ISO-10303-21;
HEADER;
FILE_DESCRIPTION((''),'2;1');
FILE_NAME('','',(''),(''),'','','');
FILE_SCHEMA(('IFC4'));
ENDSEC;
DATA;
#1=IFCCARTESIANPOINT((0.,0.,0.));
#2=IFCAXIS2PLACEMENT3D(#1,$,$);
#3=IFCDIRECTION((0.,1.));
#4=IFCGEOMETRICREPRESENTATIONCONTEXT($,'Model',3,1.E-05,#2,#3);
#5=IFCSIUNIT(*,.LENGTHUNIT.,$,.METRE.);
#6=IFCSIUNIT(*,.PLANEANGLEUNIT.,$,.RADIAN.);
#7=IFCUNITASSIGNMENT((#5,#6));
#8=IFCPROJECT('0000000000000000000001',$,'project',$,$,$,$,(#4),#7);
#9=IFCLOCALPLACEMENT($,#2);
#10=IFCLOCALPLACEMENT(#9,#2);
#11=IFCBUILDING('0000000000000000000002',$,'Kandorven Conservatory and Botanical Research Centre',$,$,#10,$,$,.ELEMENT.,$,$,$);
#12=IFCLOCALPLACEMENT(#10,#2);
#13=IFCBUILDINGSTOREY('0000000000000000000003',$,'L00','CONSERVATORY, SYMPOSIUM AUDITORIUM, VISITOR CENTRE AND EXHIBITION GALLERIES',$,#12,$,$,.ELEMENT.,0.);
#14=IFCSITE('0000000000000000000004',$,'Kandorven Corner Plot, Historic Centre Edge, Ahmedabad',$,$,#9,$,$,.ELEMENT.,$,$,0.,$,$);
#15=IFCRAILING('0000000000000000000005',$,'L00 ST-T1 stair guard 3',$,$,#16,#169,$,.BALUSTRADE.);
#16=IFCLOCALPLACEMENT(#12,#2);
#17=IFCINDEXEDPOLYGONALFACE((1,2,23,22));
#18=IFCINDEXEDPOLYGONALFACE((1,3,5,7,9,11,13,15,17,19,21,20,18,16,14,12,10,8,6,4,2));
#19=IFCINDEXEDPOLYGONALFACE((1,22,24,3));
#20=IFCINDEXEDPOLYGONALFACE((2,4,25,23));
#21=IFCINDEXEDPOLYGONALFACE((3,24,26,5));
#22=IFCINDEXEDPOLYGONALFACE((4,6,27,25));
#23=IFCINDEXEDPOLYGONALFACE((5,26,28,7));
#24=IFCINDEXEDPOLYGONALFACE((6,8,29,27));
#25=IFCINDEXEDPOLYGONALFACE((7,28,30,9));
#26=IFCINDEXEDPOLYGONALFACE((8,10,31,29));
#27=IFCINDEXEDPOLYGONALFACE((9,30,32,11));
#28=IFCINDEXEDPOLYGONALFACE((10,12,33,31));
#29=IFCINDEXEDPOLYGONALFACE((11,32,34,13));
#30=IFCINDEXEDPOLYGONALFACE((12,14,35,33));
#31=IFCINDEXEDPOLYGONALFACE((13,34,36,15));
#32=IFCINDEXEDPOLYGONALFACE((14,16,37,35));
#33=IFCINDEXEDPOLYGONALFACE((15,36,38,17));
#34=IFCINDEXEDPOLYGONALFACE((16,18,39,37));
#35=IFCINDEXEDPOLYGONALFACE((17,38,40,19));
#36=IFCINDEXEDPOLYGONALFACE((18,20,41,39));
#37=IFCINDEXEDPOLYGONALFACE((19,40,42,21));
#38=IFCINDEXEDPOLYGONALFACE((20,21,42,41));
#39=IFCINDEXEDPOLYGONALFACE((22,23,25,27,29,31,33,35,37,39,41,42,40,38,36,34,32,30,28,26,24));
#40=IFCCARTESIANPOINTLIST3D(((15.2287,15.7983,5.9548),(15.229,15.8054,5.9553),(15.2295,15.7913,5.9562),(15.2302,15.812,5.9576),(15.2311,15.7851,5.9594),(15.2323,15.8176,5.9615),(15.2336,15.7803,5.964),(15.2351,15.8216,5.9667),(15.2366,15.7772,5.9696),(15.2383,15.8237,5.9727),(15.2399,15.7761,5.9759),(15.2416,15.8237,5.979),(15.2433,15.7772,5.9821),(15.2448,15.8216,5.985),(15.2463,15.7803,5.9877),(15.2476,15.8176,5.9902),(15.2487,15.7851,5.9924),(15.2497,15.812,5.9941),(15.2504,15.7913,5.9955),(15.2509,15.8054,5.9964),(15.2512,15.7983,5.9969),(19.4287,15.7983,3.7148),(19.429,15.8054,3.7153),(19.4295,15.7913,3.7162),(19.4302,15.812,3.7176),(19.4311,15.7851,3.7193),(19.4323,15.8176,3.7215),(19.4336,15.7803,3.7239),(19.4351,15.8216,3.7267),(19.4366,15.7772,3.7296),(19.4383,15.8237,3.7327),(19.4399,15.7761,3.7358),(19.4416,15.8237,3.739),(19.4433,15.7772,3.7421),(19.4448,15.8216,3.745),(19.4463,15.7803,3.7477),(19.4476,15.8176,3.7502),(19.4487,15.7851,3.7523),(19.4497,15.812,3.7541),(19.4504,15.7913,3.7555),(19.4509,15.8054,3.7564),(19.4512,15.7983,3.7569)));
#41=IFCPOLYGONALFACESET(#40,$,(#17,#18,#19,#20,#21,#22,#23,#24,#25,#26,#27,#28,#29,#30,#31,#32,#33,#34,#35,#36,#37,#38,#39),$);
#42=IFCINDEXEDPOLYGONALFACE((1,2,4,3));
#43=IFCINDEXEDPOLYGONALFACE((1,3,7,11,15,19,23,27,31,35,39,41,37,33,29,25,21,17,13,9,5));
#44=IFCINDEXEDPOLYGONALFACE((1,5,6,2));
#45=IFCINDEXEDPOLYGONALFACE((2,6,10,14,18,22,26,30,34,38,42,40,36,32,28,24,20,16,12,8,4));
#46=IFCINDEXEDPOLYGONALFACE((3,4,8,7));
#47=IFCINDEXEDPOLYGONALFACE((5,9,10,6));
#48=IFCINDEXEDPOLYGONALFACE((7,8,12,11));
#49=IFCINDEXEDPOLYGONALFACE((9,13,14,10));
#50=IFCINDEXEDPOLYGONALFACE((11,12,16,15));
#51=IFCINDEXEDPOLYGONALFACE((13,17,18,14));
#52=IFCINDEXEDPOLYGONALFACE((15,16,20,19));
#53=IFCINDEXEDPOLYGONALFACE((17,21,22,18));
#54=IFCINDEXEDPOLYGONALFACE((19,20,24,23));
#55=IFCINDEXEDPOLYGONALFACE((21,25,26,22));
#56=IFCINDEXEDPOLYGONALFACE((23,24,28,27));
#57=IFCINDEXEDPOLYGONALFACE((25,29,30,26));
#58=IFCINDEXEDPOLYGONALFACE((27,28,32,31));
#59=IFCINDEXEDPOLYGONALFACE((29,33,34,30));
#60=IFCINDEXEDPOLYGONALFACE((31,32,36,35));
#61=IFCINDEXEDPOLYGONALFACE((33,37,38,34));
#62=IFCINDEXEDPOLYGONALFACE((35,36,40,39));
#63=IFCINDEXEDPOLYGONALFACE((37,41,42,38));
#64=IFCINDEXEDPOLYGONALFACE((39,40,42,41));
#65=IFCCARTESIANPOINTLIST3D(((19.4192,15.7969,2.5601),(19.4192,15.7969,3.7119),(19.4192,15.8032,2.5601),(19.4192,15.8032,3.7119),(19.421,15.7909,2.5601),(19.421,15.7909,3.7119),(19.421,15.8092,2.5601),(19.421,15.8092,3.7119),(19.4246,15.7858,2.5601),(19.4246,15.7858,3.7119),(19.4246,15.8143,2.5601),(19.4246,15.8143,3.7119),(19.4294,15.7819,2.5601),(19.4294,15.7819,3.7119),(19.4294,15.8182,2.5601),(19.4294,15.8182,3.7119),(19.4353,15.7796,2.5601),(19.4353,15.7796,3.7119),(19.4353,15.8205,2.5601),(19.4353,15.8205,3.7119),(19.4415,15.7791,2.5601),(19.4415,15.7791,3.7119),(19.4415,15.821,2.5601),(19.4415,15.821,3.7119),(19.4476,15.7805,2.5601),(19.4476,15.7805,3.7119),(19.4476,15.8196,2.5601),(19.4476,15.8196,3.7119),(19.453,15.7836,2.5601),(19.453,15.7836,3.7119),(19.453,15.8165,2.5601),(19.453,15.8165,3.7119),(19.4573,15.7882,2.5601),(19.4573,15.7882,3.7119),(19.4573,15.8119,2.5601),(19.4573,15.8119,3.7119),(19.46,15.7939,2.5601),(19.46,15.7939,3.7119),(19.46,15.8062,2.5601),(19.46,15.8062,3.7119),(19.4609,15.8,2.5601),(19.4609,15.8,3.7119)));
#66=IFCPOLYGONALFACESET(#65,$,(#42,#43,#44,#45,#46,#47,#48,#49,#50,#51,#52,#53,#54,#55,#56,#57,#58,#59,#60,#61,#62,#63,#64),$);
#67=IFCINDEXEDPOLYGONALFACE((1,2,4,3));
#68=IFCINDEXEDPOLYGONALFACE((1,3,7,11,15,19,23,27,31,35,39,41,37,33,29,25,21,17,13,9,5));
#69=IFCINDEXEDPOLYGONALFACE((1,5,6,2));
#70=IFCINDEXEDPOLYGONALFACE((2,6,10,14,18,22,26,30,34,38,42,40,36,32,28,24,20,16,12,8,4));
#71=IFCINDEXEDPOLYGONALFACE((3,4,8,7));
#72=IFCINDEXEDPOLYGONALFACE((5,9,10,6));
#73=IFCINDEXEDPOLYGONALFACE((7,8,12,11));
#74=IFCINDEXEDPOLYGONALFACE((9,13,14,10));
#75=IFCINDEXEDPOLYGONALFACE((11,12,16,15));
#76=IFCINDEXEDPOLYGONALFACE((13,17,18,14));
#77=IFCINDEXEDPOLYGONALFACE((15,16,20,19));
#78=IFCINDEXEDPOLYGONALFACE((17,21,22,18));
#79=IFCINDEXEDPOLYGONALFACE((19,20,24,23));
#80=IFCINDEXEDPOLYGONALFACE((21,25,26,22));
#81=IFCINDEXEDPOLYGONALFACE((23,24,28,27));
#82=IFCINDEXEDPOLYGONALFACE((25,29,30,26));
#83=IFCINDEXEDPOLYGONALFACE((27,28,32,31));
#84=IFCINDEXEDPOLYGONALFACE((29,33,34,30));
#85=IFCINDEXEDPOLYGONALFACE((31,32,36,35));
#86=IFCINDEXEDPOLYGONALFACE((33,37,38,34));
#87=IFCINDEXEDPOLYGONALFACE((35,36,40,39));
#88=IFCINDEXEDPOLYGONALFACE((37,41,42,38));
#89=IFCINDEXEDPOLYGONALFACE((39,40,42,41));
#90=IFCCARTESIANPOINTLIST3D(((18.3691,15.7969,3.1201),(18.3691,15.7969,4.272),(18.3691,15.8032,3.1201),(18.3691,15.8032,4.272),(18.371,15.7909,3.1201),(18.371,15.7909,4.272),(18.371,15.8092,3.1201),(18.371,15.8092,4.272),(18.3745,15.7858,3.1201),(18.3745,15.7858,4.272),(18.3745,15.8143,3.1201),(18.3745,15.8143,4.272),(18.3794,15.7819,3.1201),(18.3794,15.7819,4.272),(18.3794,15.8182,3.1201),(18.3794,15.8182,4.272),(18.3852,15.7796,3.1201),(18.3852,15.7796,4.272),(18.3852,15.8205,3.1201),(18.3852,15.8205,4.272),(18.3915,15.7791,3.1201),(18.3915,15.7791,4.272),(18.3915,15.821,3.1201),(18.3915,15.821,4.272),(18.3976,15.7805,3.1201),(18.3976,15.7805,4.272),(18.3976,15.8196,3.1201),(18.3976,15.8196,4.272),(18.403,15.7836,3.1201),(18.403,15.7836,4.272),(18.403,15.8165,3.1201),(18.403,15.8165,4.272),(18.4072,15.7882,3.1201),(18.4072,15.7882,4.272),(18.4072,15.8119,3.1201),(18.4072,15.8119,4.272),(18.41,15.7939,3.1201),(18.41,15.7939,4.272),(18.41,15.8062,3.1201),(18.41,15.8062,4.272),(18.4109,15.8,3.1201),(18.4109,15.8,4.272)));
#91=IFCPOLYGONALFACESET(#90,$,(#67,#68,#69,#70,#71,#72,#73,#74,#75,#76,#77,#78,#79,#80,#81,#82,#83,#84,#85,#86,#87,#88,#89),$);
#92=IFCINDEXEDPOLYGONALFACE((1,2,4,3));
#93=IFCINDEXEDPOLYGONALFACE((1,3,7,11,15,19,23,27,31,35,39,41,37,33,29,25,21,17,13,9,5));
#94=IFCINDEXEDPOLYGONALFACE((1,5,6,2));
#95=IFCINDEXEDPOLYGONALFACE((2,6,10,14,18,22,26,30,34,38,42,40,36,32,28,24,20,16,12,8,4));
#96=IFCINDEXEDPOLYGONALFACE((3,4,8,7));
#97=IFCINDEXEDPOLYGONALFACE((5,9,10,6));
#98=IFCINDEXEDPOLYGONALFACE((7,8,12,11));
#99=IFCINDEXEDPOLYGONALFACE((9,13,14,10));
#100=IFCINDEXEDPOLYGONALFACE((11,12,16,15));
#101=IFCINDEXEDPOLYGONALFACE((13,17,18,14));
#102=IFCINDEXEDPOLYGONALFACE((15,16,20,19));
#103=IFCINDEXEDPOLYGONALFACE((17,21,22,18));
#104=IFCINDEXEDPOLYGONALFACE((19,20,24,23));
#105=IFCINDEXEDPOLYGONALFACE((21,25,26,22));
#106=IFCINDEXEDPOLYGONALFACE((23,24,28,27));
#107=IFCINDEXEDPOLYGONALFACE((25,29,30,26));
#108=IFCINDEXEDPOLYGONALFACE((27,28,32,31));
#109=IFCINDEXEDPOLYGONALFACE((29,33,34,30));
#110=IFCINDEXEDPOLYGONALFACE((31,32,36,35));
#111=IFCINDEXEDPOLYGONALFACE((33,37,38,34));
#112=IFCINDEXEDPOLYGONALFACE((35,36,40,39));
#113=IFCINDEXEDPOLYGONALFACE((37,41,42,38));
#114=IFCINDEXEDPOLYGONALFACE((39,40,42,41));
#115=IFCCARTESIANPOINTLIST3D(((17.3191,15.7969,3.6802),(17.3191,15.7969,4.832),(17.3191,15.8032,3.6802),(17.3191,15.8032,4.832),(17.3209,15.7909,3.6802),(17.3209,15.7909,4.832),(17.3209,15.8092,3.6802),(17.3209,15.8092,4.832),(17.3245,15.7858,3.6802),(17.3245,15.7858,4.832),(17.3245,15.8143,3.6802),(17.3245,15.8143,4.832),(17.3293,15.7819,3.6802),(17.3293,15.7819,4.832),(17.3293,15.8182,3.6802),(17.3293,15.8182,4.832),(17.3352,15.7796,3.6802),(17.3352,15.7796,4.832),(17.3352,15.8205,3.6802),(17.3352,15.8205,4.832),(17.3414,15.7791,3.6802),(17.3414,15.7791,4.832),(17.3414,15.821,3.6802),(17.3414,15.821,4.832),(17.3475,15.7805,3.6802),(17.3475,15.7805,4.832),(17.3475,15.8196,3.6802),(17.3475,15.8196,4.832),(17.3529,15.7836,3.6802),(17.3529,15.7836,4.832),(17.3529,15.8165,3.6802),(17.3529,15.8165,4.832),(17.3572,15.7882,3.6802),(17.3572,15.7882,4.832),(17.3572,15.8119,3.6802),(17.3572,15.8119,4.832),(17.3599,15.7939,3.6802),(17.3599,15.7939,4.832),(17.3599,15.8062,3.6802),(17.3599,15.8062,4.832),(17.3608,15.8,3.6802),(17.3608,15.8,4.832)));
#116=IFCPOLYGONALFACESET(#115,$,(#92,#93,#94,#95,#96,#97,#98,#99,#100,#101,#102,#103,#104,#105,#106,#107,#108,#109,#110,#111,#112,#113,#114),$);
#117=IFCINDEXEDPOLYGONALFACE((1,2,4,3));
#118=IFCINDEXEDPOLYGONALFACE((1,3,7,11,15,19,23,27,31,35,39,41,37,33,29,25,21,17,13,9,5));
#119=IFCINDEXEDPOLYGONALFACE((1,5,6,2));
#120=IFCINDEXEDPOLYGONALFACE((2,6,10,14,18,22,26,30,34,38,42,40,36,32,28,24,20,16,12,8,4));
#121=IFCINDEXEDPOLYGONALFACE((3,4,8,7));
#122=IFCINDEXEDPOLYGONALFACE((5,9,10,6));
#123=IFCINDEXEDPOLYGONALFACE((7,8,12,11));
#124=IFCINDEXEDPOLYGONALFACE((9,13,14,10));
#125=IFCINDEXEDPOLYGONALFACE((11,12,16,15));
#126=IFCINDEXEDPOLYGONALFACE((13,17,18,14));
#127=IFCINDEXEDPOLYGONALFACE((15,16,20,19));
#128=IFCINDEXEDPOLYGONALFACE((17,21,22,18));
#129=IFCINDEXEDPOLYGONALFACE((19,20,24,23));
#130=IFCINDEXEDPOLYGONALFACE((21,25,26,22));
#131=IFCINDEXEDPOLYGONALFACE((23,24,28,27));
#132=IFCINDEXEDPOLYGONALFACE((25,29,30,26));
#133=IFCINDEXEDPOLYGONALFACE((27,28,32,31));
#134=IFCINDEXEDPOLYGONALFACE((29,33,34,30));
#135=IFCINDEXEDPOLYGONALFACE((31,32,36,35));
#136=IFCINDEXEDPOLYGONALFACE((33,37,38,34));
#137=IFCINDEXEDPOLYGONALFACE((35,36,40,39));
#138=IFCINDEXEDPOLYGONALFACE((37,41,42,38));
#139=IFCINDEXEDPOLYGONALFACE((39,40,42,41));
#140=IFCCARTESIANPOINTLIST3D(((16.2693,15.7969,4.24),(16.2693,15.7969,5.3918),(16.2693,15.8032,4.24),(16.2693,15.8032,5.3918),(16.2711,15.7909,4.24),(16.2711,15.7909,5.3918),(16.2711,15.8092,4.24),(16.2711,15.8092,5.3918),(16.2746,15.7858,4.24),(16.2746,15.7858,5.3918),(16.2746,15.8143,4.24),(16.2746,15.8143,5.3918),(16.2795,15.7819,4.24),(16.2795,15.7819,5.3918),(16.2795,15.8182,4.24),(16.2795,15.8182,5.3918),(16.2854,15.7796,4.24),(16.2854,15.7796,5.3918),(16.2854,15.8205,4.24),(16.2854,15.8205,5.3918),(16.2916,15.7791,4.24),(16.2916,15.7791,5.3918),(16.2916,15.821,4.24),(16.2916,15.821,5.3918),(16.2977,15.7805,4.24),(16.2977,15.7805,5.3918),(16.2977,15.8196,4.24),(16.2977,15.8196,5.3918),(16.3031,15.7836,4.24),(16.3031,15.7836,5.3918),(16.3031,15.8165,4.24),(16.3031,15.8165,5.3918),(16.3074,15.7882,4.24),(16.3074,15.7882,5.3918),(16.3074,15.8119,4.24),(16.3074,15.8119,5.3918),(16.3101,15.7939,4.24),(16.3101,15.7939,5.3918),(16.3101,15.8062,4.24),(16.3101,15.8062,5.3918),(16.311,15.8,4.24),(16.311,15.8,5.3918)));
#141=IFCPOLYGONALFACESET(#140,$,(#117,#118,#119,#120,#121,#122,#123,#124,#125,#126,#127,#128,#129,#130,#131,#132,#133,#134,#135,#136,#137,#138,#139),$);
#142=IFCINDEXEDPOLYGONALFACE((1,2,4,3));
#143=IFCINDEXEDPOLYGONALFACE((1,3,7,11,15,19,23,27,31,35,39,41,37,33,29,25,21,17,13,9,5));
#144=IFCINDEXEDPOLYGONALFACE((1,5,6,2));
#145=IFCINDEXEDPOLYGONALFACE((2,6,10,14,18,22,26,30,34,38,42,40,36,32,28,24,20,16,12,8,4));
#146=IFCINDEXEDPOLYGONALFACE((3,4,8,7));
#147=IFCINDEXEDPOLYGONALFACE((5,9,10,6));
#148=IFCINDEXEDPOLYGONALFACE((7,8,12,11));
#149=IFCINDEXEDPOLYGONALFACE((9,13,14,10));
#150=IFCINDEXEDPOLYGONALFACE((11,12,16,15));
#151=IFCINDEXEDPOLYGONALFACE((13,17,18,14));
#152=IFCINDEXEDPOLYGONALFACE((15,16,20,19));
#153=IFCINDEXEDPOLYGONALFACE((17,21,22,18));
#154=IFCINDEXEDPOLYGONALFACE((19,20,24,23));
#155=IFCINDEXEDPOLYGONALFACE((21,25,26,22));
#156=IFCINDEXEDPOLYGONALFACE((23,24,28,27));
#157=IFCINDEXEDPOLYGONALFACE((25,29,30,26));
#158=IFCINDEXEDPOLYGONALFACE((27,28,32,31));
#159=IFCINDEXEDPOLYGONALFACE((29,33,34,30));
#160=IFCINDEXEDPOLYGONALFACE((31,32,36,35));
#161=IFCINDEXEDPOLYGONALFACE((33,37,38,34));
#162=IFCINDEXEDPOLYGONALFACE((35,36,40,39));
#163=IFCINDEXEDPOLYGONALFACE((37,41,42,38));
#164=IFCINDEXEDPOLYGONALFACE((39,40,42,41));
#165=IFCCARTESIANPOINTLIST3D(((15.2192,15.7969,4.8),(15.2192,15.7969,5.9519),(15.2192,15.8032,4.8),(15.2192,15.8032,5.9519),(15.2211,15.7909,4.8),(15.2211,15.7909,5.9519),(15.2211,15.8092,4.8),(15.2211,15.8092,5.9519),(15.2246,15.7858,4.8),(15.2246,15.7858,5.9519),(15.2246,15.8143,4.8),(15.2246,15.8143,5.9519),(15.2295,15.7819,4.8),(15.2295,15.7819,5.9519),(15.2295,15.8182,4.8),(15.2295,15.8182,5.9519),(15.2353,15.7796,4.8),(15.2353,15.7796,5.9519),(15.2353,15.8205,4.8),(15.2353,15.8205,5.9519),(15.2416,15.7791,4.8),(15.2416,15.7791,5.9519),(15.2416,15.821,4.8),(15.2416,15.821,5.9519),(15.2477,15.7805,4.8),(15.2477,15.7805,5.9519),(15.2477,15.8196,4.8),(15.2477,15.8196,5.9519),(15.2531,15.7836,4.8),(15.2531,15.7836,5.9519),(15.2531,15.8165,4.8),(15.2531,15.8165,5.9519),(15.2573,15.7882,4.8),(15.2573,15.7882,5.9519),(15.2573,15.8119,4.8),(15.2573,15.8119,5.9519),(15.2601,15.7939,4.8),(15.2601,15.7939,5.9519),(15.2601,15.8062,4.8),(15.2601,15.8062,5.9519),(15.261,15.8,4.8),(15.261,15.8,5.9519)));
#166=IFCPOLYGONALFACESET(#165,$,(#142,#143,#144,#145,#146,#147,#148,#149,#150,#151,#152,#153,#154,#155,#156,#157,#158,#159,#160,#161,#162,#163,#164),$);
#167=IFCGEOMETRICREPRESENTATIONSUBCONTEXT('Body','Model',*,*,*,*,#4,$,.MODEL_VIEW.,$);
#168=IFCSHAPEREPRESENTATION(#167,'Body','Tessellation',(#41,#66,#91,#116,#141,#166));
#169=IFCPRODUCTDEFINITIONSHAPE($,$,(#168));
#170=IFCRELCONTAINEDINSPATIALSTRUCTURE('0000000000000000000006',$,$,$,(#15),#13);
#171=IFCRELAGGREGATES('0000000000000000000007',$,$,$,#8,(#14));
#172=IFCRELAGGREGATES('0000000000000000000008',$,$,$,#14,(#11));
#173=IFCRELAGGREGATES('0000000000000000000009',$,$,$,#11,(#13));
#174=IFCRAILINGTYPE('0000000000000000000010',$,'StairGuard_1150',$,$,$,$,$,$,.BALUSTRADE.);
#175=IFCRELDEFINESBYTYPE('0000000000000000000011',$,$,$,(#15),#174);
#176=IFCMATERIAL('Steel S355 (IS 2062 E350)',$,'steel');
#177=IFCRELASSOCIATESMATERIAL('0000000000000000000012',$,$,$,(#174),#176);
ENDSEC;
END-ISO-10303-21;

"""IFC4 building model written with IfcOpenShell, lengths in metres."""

from ifc_helpers import new_model, si_unit, direction, frame, origin, origin_2d, place, context, subcontext, project, spatial, circle, extrude, material, type_object, element, save


model = new_model("IFC4")

# Units and contexts
model_context = context("Model", 3, precision=1e-05, world=origin(), true_north=direction((0.0, 1.0)))
body_context = subcontext(model_context, "Body", "Model", "MODEL_VIEW")
ifc_project = project(units=[si_unit("LENGTHUNIT", "METRE"), si_unit("PLANEANGLEUNIT", "RADIAN")], contexts=[model_context])

# Site, building, storey
site_placement = place(None, origin())
site = spatial("IfcSite", under=ifc_project, at=site_placement, Name="Kandorven Corner Plot, Historic Centre Edge, Ahmedabad", CompositionType="ELEMENT", RefElevation=0.0)
building_placement = place(site_placement, origin())
building = spatial("IfcBuilding", under=site, at=building_placement, Name="Kandorven Conservatory and Botanical Research Centre", CompositionType="ELEMENT")
storey_placement = place(building_placement, origin())
storey = spatial("IfcBuildingStorey", under=building, at=storey_placement, Name="L00", Description="CONSERVATORY, SYMPOSIUM AUDITORIUM, VISITOR CENTRE AND EXHIBITION GALLERIES", CompositionType="ELEMENT", Elevation=0.0)

# Railing
ifc_material_1 = material(Name="Steel S355 (IS 2062 E350)", Category="steel")
railing_type_1 = type_object("IfcRailingType", Name="StairGuard_1150", PredefinedType="BALUSTRADE", material=ifc_material_1)
railing_1_placement = place(storey_placement, frame((19.4399, 15.8, 2.5601)))
element("IfcRailing", 1, at=railing_1_placement, inside=storey, type_object=railing_type_1, Name="L00 ST-T1 stair guard 3", PredefinedType="BALUSTRADE", context=body_context, shape_type="SweptSolid", body=[
    extrude(circle(Radius=0.0239, at=origin_2d()), frame((0.0, 0.0, 1.1758), z_axis=(-0.882352, 0.0, 0.470591), x_axis=(0.0, -1.0, 0.0)), (0.0, 0.0, 1.0), 4.76),
    extrude(circle(Radius=0.021, at=origin_2d()), origin(), (0.0, 0.0, 1.0), 1.1519),
    extrude(circle(Radius=0.021, at=origin_2d()), frame((-1.05, 0.0, 0.5601)), (0.0, 0.0, 1.0), 1.1519),
    extrude(circle(Radius=0.021, at=origin_2d()), frame((-2.1001, 0.0, 1.1201)), (0.0, 0.0, 1.0), 1.1519),
    extrude(circle(Radius=0.021, at=origin_2d()), frame((-3.1499, 0.0, 1.6799)), (0.0, 0.0, 1.0), 1.1519),
    extrude(circle(Radius=0.021, at=origin_2d()), frame((-4.2, 0.0, 2.24)), (0.0, 0.0, 1.0), 1.1519),
])

save(model, "model.ifc")
